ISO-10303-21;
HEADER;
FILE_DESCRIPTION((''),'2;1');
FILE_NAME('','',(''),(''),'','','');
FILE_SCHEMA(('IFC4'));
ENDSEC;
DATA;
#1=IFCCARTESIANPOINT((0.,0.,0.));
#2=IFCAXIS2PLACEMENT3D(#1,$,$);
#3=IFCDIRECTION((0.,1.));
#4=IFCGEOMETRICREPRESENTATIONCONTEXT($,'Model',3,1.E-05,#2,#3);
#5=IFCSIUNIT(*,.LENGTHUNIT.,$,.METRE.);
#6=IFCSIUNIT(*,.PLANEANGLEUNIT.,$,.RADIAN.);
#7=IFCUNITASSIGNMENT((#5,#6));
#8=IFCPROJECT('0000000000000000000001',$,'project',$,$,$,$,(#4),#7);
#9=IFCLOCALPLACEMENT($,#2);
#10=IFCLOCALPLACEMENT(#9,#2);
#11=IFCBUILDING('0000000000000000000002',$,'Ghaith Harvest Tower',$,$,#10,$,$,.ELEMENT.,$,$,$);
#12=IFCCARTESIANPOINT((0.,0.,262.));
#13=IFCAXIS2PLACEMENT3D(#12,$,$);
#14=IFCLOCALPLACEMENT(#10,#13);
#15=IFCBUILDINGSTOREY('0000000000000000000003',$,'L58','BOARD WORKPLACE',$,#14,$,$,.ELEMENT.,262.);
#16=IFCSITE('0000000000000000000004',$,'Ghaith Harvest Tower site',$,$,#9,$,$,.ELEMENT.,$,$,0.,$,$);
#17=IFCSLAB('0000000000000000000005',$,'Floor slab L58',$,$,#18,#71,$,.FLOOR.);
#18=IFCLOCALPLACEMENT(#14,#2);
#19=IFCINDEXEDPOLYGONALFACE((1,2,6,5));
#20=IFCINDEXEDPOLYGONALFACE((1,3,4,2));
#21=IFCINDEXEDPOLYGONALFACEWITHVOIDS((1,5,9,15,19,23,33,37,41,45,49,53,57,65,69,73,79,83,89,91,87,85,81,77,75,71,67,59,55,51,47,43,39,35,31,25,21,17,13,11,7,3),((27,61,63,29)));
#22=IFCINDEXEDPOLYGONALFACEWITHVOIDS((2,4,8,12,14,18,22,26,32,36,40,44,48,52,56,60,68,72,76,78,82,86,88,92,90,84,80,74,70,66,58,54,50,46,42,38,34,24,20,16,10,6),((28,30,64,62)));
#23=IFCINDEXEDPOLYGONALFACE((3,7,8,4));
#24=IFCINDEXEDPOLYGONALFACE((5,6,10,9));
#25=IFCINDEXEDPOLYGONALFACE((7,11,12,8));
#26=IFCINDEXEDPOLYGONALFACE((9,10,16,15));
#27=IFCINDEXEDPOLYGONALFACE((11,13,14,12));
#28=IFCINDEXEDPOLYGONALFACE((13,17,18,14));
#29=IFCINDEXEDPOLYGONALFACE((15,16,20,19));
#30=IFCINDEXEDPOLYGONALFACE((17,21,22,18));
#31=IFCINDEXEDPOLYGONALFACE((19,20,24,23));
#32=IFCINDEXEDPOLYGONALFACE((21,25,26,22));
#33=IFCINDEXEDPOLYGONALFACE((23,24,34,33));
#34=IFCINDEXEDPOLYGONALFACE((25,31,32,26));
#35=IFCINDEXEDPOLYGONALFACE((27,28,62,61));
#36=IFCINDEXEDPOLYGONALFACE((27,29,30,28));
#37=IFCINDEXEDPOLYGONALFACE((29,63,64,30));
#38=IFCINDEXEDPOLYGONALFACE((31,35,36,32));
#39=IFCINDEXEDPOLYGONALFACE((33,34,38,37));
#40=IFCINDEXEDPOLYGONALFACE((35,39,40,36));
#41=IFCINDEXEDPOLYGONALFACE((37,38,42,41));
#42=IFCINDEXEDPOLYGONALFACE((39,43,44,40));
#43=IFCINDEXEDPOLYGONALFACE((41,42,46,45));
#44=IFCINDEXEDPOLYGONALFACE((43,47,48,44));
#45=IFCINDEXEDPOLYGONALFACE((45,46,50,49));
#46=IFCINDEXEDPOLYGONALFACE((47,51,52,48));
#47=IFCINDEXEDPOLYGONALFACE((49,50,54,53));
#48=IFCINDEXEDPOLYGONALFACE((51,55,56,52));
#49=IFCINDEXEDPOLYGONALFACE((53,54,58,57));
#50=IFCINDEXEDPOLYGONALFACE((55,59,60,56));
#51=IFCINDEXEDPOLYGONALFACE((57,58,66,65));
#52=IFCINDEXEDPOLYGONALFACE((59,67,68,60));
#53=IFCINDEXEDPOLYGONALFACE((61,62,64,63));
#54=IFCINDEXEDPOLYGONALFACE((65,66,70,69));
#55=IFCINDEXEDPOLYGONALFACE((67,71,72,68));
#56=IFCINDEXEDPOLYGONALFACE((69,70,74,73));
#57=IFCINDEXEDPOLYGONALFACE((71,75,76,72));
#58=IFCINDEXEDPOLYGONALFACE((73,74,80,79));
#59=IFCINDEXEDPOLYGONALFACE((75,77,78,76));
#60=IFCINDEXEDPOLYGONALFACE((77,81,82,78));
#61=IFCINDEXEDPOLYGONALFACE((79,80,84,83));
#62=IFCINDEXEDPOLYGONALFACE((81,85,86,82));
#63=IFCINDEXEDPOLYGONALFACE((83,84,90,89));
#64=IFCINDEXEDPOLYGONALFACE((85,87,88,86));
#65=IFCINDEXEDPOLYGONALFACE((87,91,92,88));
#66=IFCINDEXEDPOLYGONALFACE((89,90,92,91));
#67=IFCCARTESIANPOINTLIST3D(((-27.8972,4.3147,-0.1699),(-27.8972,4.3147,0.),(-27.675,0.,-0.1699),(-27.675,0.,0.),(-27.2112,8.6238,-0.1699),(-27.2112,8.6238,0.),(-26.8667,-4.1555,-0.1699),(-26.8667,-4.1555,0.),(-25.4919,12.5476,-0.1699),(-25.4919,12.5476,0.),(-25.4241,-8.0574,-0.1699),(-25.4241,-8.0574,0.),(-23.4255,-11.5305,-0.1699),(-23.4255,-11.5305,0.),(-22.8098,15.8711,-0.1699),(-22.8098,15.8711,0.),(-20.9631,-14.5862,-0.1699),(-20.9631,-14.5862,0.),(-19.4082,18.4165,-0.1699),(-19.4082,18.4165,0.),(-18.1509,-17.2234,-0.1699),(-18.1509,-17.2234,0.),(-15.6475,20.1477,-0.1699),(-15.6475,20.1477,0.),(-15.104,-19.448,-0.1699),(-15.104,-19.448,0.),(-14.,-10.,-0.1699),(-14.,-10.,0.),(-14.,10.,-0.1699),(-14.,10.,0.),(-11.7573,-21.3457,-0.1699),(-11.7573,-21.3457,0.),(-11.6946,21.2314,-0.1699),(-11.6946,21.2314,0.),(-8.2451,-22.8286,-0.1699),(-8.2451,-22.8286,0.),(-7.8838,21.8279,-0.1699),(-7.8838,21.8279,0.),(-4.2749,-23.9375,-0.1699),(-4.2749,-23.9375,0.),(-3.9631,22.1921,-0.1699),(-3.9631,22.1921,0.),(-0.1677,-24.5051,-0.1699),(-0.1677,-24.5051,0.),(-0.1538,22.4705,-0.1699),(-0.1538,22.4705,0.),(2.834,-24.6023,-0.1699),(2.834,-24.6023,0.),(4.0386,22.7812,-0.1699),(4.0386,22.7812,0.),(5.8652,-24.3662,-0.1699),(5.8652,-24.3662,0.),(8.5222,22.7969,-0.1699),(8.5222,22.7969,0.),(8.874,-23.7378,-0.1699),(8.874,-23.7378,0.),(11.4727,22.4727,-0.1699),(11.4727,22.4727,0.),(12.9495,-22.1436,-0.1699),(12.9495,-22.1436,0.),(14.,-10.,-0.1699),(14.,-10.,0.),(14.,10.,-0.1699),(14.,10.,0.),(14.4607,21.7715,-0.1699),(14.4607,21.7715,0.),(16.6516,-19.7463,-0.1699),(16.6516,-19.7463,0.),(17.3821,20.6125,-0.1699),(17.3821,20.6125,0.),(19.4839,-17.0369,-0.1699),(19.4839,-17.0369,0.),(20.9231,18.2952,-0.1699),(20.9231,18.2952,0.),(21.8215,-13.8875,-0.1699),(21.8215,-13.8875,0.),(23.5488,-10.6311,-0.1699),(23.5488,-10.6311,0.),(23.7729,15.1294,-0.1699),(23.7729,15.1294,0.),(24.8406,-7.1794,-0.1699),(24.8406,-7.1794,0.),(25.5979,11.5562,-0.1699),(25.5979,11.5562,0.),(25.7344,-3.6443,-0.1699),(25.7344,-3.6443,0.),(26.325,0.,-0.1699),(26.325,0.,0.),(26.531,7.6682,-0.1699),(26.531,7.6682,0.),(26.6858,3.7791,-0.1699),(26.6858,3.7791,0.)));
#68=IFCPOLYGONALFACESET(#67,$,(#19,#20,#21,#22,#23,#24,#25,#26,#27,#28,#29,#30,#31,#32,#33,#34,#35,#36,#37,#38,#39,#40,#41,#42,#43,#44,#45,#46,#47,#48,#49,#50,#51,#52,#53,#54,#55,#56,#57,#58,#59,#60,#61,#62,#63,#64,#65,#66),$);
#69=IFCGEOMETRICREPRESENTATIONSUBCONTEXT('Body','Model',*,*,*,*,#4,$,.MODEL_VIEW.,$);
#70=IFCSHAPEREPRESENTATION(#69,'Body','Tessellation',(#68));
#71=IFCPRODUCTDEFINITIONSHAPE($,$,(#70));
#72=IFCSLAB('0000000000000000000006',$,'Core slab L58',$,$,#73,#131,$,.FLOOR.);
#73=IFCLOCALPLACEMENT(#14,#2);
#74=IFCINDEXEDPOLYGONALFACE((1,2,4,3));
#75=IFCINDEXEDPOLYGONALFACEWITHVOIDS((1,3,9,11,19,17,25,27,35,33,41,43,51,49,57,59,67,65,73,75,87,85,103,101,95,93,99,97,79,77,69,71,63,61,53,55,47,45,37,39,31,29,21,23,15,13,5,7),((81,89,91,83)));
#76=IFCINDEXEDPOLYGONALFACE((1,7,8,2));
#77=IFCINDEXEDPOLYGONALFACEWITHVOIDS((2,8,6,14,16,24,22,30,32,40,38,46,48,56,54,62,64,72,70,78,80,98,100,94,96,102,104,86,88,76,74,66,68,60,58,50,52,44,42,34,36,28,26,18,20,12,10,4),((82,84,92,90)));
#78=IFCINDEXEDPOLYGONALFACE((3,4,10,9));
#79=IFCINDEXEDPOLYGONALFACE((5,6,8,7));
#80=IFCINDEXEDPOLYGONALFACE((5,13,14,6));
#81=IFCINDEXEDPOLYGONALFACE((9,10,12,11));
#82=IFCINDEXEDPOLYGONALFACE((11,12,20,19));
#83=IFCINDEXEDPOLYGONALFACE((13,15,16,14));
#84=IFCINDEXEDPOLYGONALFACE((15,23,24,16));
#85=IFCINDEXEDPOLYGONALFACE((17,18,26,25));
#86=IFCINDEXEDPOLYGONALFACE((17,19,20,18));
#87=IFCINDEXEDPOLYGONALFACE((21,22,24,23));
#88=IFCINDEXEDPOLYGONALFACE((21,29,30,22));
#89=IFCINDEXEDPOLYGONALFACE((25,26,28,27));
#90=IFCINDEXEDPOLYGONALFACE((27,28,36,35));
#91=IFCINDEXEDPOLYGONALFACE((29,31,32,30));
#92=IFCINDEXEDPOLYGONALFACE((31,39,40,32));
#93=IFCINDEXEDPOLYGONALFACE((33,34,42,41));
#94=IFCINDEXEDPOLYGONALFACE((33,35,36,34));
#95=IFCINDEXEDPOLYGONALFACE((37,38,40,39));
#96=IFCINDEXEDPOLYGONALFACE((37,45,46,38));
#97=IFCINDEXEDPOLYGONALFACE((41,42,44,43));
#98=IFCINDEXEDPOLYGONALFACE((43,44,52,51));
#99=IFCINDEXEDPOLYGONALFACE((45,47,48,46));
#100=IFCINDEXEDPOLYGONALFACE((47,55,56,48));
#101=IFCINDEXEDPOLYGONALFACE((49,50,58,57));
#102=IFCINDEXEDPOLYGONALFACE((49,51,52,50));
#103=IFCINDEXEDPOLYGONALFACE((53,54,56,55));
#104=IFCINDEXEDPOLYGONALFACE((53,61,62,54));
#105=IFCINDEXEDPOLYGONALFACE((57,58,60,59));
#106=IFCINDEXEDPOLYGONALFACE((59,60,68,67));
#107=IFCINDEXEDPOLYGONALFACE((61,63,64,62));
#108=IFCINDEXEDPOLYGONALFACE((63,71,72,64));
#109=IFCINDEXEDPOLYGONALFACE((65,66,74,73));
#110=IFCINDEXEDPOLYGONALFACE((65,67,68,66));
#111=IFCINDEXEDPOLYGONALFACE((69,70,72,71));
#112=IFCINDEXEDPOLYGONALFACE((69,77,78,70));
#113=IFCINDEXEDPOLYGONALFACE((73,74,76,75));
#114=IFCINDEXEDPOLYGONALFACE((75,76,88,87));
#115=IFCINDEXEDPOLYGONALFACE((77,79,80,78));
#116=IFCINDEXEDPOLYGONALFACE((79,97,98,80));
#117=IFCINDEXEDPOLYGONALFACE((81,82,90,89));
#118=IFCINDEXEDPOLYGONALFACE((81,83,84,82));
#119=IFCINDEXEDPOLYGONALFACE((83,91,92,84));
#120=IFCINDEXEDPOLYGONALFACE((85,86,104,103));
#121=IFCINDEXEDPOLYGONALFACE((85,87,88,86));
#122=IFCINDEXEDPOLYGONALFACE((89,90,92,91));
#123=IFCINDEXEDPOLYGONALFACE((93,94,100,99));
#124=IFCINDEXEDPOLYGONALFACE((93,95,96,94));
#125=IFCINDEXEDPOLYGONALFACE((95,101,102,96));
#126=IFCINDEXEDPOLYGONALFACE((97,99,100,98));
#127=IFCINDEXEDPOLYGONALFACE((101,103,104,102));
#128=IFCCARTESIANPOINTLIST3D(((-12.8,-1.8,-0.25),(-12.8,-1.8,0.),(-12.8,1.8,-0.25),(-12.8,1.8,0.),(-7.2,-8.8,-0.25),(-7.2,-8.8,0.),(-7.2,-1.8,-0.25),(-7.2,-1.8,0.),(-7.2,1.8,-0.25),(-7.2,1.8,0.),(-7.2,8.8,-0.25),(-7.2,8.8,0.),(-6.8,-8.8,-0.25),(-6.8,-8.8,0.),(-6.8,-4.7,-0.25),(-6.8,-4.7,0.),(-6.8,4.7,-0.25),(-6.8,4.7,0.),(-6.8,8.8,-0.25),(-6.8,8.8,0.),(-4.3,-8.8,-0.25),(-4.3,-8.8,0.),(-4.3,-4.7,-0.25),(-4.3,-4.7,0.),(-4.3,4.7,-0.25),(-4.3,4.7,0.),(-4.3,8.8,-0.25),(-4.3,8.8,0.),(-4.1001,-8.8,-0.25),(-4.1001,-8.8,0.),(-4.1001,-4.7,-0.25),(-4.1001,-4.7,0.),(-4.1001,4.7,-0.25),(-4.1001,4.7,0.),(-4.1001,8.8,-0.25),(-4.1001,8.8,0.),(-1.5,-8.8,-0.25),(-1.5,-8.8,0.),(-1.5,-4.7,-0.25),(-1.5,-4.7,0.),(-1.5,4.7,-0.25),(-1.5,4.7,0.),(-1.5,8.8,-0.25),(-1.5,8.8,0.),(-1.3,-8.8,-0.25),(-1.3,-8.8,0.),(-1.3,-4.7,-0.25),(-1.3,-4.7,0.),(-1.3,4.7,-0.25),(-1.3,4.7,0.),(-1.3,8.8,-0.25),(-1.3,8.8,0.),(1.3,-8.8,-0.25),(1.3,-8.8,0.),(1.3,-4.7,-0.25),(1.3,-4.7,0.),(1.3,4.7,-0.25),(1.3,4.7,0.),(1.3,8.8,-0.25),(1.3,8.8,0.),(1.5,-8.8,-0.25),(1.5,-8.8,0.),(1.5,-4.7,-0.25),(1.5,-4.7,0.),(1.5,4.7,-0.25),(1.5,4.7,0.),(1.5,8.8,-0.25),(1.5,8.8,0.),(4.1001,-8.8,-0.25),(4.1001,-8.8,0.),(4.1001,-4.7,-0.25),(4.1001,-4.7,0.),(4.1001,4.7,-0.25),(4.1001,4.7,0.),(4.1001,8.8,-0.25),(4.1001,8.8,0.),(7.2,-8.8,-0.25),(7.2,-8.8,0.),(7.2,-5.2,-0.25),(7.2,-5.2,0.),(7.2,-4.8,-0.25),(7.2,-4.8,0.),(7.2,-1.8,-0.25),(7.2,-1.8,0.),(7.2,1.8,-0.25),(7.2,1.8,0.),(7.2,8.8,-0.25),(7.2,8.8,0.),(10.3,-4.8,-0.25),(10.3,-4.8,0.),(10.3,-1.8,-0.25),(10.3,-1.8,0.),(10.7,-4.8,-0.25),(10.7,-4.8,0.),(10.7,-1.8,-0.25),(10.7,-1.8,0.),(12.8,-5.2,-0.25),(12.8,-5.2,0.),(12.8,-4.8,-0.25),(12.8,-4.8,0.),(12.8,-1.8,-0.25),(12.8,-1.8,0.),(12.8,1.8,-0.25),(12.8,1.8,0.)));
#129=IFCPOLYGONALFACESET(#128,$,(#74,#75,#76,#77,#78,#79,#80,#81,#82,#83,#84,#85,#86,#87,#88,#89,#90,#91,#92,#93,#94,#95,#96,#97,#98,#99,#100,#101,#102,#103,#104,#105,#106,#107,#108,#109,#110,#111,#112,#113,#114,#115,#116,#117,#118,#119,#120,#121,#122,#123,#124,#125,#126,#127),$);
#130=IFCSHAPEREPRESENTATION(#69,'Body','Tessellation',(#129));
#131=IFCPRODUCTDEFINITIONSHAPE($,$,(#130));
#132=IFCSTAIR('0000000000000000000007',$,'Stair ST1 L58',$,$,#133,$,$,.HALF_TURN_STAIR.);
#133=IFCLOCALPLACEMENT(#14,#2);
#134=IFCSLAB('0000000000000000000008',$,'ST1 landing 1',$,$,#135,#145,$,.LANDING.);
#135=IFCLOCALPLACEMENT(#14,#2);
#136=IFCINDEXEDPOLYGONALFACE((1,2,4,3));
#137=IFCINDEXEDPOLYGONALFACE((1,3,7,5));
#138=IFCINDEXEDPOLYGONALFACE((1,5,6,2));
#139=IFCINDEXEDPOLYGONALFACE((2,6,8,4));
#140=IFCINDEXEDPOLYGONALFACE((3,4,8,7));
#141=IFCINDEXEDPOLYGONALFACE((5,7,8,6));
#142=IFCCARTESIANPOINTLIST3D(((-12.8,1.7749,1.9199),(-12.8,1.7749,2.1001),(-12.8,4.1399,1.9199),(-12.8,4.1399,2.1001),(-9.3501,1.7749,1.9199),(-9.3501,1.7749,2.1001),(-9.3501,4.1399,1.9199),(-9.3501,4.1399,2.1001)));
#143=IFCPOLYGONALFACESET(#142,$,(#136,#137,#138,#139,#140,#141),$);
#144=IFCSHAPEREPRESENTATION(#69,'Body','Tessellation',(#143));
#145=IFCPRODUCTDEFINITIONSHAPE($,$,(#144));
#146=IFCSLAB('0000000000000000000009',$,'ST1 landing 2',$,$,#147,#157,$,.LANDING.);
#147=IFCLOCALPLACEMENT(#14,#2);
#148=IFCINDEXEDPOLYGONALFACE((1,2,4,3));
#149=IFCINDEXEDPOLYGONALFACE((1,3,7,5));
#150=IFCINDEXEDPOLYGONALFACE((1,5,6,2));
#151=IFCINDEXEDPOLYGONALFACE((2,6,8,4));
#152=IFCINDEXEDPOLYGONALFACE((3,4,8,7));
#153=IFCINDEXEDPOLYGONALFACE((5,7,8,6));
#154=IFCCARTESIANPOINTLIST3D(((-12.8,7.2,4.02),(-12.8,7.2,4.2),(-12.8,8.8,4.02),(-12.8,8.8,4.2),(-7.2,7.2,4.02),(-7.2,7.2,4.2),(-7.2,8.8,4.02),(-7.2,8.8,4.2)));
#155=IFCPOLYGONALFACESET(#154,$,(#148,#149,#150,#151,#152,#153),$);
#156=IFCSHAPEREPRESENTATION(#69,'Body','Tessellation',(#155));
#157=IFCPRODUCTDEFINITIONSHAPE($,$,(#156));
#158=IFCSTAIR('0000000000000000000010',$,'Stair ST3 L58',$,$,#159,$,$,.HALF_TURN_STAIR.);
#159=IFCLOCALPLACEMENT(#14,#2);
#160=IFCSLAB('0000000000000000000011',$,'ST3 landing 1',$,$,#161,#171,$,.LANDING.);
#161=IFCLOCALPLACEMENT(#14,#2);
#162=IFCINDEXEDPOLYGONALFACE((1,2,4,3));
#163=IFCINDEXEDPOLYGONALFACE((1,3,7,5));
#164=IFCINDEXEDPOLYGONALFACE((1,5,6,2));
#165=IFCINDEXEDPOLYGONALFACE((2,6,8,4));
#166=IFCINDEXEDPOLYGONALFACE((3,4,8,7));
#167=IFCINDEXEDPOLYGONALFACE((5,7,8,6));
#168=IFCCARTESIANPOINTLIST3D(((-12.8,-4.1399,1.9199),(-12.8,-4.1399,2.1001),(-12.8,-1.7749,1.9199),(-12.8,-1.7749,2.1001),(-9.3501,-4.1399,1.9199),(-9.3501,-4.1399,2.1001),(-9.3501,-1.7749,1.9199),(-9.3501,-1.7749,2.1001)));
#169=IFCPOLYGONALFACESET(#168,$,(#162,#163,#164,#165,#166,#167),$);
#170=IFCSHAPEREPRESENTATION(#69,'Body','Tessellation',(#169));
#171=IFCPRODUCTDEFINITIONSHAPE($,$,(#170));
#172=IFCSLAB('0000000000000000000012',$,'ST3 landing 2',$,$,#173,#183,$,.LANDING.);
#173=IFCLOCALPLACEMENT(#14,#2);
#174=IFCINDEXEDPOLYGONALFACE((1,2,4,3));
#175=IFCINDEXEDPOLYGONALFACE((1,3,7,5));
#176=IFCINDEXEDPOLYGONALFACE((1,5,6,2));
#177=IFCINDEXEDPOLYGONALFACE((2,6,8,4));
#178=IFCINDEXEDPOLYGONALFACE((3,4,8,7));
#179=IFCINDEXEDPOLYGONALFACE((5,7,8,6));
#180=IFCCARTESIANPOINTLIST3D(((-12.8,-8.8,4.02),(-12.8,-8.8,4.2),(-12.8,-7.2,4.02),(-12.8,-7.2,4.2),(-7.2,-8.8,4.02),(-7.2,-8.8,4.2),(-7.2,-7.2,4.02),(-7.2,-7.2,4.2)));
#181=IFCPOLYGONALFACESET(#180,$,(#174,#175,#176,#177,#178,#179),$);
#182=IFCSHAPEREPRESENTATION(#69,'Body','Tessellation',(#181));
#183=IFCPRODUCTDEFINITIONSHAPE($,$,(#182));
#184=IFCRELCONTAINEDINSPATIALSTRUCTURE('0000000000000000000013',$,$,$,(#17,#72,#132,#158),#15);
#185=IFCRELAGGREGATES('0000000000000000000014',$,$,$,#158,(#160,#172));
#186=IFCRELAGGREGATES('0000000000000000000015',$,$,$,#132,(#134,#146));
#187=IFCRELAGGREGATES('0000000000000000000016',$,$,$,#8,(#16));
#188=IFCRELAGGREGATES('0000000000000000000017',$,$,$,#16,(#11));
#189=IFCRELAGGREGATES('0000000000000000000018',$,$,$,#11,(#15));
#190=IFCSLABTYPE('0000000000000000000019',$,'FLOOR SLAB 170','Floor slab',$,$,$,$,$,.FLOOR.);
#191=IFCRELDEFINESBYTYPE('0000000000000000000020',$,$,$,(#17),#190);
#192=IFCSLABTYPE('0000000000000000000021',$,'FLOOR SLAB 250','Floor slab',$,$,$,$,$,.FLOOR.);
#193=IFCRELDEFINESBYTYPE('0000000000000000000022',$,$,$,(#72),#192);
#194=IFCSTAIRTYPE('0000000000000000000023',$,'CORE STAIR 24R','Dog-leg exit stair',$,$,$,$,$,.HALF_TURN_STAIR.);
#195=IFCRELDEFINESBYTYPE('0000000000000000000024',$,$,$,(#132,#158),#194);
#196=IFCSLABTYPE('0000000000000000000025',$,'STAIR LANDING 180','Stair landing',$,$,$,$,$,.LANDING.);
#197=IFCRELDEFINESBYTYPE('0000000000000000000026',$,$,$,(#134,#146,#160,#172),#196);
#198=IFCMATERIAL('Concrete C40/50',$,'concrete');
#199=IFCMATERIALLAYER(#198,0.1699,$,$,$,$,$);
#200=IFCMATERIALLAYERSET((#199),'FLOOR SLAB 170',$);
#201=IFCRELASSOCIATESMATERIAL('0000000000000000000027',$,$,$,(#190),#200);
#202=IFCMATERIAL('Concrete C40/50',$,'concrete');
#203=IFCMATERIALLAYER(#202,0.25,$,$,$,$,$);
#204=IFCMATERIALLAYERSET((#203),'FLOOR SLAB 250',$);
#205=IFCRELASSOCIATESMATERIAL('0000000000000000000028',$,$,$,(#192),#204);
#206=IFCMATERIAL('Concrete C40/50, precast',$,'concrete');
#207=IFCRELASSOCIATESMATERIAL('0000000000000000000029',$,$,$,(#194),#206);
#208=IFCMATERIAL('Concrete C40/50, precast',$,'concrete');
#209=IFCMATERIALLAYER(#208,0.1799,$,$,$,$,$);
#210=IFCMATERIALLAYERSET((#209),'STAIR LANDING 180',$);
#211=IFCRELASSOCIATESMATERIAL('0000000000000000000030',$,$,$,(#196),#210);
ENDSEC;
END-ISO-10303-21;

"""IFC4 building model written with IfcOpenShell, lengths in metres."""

from ifc_helpers import new_model, si_unit, direction, frame, origin, place, context, subcontext, project, spatial, polyline, outline, extrude, material, layer, layer_set, type_object, element, aggregate, save


model = new_model("IFC4")

# Units and contexts
model_context = context("Model", 3, precision=1e-05, world=origin(), true_north=direction((0.0, 1.0)))
body_context = subcontext(model_context, "Body", "Model", "MODEL_VIEW")
ifc_project = project(units=[si_unit("LENGTHUNIT", "METRE"), si_unit("PLANEANGLEUNIT", "RADIAN")], contexts=[model_context])

# Site, building, storey
site_placement = place(None, origin())
site = spatial("IfcSite", under=ifc_project, at=site_placement, Name="Ghaith Harvest Tower site", CompositionType="ELEMENT", RefElevation=0.0)
building_placement = place(site_placement, origin())
building = spatial("IfcBuilding", under=site, at=building_placement, Name="Ghaith Harvest Tower", CompositionType="ELEMENT")
storey_placement = place(building_placement, frame((0.0, 0.0, 262.0)))
storey = spatial("IfcBuildingStorey", under=building, at=storey_placement, Name="L58", Description="BOARD WORKPLACE", CompositionType="ELEMENT", Elevation=262.0)

# Slabs
ifc_material_1 = material(Name="Concrete C40/50", Category="concrete")
ifc_layer_1 = layer(ifc_material_1, 0.1699)
ifc_layer_set_1 = layer_set([ifc_layer_1], Name="FLOOR SLAB 170")
slab_type_1 = type_object("IfcSlabType", Name="FLOOR SLAB 170", Description="Floor slab", PredefinedType="FLOOR", material=ifc_layer_set_1)
slab_1_placement = place(storey_placement, frame((0.0, 0.0, -0.1699)))
element("IfcSlab", 1, at=slab_1_placement, inside=storey, type_object=slab_type_1, Name="Floor slab L58", PredefinedType="FLOOR", context=body_context, shape_type="SweptSolid", body=[
    extrude(outline(polyline([(26.325, 0.0), (26.6858, 3.7791), (26.531, 7.6682), (25.5979, 11.5562), (23.7729, 15.1294), (20.9231, 18.2952), (17.3821, 20.6125), (14.4607, 21.7715), (11.4727, 22.4727), (8.5222, 22.7969), (4.0386, 22.7812), (-0.1538, 22.4705), (-3.9631, 22.1921), (-7.8838, 21.8279), (-11.6946, 21.2314), (-15.6475, 20.1477), (-19.4082, 18.4165), (-22.8098, 15.8711), (-25.4919, 12.5476), (-27.2112, 8.6238), (-27.8972, 4.3147), (-27.675, 0.0), (-26.8667, -4.1555), (-25.4241, -8.0574), (-23.4255, -11.5305), (-20.9631, -14.5862), (-18.1509, -17.2234), (-15.104, -19.448), (-11.7573, -21.3457), (-8.2451, -22.8286), (-4.2749, -23.9375), (-0.1677, -24.5051), (2.834, -24.6023), (5.8652, -24.3662), (8.874, -23.7378), (12.9495, -22.1436), (16.6516, -19.7463), (19.4839, -17.0369), (21.8215, -13.8875), (23.5488, -10.6311), (24.8406, -7.1794), (25.7344, -3.6443), (26.325, 0.0)]), holes=[polyline([(-14.0, -10.0), (14.0, -10.0), (14.0, 10.0), (-14.0, 10.0), (-14.0, -10.0)])]), origin(), (0.0, 0.0, 1.0), 0.1699),
])
ifc_material_2 = material(Name="Concrete C40/50", Category="concrete")
ifc_layer_2 = layer(ifc_material_2, 0.25)
ifc_layer_set_2 = layer_set([ifc_layer_2], Name="FLOOR SLAB 250")
slab_type_2 = type_object("IfcSlabType", Name="FLOOR SLAB 250", Description="Floor slab", PredefinedType="FLOOR", material=ifc_layer_set_2)
slab_2_placement = place(storey_placement, frame((0.0, 0.0, -0.25)))
element("IfcSlab", 2, at=slab_2_placement, inside=storey, type_object=slab_type_2, Name="Core slab L58", PredefinedType="FLOOR", context=body_context, shape_type="SweptSolid", body=[
    extrude(outline(polyline([(-12.8, 1.8), (-7.2, 1.8), (-7.2, 8.8), (-6.8, 8.8), (-6.8, 4.7), (-4.3, 4.7), (-4.3, 8.8), (-4.1001, 8.8), (-4.1001, 4.7), (-1.5, 4.7), (-1.5, 8.8), (-1.3, 8.8), (-1.3, 4.7), (1.3, 4.7), (1.3, 8.8), (1.5, 8.8), (1.5, 4.7), (4.1001, 4.7), (4.1001, 8.8), (7.2, 8.8), (7.2, 1.8), (12.8, 1.8), (12.8, -1.8), (10.7, -1.8), (10.7, -4.8), (12.8, -4.8), (12.8, -5.2), (7.2, -5.2), (7.2, -8.8), (4.1001, -8.8), (4.1001, -4.7), (1.5, -4.7), (1.5, -8.8), (1.3, -8.8), (1.3, -4.7), (-1.3, -4.7), (-1.3, -8.8), (-1.5, -8.8), (-1.5, -4.7), (-4.1001, -4.7), (-4.1001, -8.8), (-4.3, -8.8), (-4.3, -4.7), (-6.8, -4.7), (-6.8, -8.8), (-7.2, -8.8), (-7.2, -1.8), (-12.8, -1.8), (-12.8, 1.8)]), holes=[polyline([(10.3, -4.8), (10.3, -1.8), (7.2, -1.8), (7.2, -4.8), (10.3, -4.8)])]), origin(), (0.0, 0.0, 1.0), 0.25),
])

# Stairs, slabs
ifc_material_3 = material(Name="Concrete C40/50, precast", Category="concrete")
stair_type = type_object("IfcStairType", Name="CORE STAIR 24R", Description="Dog-leg exit stair", PredefinedType="HALF_TURN_STAIR", material=ifc_material_3)
stair_1_placement = place(storey_placement, origin())
stair_1 = element("IfcStair", 3, at=stair_1_placement, inside=storey, type_object=stair_type, Name="Stair ST1 L58", PredefinedType="HALF_TURN_STAIR")
ifc_material_4 = material(Name="Concrete C40/50, precast", Category="concrete")
ifc_layer_3 = layer(ifc_material_4, 0.1799)
ifc_layer_set_3 = layer_set([ifc_layer_3], Name="STAIR LANDING 180")
slab_type_3 = type_object("IfcSlabType", Name="STAIR LANDING 180", Description="Stair landing", PredefinedType="LANDING", material=ifc_layer_set_3)
slab_3_placement = place(storey_placement, frame((0.0, 0.0, 1.9199)))
slab_3 = element("IfcSlab", 4, at=slab_3_placement, type_object=slab_type_3, Name="ST1 landing 1", PredefinedType="LANDING", context=body_context, shape_type="SweptSolid", body=[
    extrude(outline(polyline([(-12.8, 4.1399), (-12.8, 1.7749), (-9.3501, 1.7749), (-9.3501, 4.1399), (-12.8, 4.1399)])), origin(), (0.0, 0.0, 1.0), 0.1802),
])
slab_4_placement = place(storey_placement, frame((0.0, 0.0, 4.02)))
slab_4 = element("IfcSlab", 5, at=slab_4_placement, type_object=slab_type_3, Name="ST1 landing 2", PredefinedType="LANDING", context=body_context, shape_type="SweptSolid", body=[
    extrude(outline(polyline([(-12.8, 8.8), (-12.8, 7.2), (-7.2, 7.2), (-7.2, 8.8), (-12.8, 8.8)])), origin(), (0.0, 0.0, 1.0), 0.1799),
])
stair_2_placement = place(storey_placement, origin())
stair_2 = element("IfcStair", 6, at=stair_2_placement, inside=storey, type_object=stair_type, Name="Stair ST3 L58", PredefinedType="HALF_TURN_STAIR")
slab_5_placement = place(storey_placement, frame((0.0, 0.0, 1.9199)))
slab_5 = element("IfcSlab", 7, at=slab_5_placement, type_object=slab_type_3, Name="ST3 landing 1", PredefinedType="LANDING", context=body_context, shape_type="SweptSolid", body=[
    extrude(outline(polyline([(-12.8, -4.1399), (-12.8, -1.7749), (-9.3501, -1.7749), (-9.3501, -4.1399), (-12.8, -4.1399)])), origin(), (0.0, 0.0, 1.0), 0.1802),
])
slab_6_placement = place(storey_placement, frame((0.0, 0.0, 4.02)))
slab_6 = element("IfcSlab", 8, at=slab_6_placement, type_object=slab_type_3, Name="ST3 landing 2", PredefinedType="LANDING", context=body_context, shape_type="SweptSolid", body=[
    extrude(outline(polyline([(-12.8, -8.8), (-12.8, -7.2), (-7.2, -7.2), (-7.2, -8.8), (-12.8, -8.8)])), origin(), (0.0, 0.0, 1.0), 0.1799),
])
aggregate(stair_2, [slab_5, slab_6])

aggregate(stair_1, [slab_3, slab_4])

save(model, "model.ifc")
